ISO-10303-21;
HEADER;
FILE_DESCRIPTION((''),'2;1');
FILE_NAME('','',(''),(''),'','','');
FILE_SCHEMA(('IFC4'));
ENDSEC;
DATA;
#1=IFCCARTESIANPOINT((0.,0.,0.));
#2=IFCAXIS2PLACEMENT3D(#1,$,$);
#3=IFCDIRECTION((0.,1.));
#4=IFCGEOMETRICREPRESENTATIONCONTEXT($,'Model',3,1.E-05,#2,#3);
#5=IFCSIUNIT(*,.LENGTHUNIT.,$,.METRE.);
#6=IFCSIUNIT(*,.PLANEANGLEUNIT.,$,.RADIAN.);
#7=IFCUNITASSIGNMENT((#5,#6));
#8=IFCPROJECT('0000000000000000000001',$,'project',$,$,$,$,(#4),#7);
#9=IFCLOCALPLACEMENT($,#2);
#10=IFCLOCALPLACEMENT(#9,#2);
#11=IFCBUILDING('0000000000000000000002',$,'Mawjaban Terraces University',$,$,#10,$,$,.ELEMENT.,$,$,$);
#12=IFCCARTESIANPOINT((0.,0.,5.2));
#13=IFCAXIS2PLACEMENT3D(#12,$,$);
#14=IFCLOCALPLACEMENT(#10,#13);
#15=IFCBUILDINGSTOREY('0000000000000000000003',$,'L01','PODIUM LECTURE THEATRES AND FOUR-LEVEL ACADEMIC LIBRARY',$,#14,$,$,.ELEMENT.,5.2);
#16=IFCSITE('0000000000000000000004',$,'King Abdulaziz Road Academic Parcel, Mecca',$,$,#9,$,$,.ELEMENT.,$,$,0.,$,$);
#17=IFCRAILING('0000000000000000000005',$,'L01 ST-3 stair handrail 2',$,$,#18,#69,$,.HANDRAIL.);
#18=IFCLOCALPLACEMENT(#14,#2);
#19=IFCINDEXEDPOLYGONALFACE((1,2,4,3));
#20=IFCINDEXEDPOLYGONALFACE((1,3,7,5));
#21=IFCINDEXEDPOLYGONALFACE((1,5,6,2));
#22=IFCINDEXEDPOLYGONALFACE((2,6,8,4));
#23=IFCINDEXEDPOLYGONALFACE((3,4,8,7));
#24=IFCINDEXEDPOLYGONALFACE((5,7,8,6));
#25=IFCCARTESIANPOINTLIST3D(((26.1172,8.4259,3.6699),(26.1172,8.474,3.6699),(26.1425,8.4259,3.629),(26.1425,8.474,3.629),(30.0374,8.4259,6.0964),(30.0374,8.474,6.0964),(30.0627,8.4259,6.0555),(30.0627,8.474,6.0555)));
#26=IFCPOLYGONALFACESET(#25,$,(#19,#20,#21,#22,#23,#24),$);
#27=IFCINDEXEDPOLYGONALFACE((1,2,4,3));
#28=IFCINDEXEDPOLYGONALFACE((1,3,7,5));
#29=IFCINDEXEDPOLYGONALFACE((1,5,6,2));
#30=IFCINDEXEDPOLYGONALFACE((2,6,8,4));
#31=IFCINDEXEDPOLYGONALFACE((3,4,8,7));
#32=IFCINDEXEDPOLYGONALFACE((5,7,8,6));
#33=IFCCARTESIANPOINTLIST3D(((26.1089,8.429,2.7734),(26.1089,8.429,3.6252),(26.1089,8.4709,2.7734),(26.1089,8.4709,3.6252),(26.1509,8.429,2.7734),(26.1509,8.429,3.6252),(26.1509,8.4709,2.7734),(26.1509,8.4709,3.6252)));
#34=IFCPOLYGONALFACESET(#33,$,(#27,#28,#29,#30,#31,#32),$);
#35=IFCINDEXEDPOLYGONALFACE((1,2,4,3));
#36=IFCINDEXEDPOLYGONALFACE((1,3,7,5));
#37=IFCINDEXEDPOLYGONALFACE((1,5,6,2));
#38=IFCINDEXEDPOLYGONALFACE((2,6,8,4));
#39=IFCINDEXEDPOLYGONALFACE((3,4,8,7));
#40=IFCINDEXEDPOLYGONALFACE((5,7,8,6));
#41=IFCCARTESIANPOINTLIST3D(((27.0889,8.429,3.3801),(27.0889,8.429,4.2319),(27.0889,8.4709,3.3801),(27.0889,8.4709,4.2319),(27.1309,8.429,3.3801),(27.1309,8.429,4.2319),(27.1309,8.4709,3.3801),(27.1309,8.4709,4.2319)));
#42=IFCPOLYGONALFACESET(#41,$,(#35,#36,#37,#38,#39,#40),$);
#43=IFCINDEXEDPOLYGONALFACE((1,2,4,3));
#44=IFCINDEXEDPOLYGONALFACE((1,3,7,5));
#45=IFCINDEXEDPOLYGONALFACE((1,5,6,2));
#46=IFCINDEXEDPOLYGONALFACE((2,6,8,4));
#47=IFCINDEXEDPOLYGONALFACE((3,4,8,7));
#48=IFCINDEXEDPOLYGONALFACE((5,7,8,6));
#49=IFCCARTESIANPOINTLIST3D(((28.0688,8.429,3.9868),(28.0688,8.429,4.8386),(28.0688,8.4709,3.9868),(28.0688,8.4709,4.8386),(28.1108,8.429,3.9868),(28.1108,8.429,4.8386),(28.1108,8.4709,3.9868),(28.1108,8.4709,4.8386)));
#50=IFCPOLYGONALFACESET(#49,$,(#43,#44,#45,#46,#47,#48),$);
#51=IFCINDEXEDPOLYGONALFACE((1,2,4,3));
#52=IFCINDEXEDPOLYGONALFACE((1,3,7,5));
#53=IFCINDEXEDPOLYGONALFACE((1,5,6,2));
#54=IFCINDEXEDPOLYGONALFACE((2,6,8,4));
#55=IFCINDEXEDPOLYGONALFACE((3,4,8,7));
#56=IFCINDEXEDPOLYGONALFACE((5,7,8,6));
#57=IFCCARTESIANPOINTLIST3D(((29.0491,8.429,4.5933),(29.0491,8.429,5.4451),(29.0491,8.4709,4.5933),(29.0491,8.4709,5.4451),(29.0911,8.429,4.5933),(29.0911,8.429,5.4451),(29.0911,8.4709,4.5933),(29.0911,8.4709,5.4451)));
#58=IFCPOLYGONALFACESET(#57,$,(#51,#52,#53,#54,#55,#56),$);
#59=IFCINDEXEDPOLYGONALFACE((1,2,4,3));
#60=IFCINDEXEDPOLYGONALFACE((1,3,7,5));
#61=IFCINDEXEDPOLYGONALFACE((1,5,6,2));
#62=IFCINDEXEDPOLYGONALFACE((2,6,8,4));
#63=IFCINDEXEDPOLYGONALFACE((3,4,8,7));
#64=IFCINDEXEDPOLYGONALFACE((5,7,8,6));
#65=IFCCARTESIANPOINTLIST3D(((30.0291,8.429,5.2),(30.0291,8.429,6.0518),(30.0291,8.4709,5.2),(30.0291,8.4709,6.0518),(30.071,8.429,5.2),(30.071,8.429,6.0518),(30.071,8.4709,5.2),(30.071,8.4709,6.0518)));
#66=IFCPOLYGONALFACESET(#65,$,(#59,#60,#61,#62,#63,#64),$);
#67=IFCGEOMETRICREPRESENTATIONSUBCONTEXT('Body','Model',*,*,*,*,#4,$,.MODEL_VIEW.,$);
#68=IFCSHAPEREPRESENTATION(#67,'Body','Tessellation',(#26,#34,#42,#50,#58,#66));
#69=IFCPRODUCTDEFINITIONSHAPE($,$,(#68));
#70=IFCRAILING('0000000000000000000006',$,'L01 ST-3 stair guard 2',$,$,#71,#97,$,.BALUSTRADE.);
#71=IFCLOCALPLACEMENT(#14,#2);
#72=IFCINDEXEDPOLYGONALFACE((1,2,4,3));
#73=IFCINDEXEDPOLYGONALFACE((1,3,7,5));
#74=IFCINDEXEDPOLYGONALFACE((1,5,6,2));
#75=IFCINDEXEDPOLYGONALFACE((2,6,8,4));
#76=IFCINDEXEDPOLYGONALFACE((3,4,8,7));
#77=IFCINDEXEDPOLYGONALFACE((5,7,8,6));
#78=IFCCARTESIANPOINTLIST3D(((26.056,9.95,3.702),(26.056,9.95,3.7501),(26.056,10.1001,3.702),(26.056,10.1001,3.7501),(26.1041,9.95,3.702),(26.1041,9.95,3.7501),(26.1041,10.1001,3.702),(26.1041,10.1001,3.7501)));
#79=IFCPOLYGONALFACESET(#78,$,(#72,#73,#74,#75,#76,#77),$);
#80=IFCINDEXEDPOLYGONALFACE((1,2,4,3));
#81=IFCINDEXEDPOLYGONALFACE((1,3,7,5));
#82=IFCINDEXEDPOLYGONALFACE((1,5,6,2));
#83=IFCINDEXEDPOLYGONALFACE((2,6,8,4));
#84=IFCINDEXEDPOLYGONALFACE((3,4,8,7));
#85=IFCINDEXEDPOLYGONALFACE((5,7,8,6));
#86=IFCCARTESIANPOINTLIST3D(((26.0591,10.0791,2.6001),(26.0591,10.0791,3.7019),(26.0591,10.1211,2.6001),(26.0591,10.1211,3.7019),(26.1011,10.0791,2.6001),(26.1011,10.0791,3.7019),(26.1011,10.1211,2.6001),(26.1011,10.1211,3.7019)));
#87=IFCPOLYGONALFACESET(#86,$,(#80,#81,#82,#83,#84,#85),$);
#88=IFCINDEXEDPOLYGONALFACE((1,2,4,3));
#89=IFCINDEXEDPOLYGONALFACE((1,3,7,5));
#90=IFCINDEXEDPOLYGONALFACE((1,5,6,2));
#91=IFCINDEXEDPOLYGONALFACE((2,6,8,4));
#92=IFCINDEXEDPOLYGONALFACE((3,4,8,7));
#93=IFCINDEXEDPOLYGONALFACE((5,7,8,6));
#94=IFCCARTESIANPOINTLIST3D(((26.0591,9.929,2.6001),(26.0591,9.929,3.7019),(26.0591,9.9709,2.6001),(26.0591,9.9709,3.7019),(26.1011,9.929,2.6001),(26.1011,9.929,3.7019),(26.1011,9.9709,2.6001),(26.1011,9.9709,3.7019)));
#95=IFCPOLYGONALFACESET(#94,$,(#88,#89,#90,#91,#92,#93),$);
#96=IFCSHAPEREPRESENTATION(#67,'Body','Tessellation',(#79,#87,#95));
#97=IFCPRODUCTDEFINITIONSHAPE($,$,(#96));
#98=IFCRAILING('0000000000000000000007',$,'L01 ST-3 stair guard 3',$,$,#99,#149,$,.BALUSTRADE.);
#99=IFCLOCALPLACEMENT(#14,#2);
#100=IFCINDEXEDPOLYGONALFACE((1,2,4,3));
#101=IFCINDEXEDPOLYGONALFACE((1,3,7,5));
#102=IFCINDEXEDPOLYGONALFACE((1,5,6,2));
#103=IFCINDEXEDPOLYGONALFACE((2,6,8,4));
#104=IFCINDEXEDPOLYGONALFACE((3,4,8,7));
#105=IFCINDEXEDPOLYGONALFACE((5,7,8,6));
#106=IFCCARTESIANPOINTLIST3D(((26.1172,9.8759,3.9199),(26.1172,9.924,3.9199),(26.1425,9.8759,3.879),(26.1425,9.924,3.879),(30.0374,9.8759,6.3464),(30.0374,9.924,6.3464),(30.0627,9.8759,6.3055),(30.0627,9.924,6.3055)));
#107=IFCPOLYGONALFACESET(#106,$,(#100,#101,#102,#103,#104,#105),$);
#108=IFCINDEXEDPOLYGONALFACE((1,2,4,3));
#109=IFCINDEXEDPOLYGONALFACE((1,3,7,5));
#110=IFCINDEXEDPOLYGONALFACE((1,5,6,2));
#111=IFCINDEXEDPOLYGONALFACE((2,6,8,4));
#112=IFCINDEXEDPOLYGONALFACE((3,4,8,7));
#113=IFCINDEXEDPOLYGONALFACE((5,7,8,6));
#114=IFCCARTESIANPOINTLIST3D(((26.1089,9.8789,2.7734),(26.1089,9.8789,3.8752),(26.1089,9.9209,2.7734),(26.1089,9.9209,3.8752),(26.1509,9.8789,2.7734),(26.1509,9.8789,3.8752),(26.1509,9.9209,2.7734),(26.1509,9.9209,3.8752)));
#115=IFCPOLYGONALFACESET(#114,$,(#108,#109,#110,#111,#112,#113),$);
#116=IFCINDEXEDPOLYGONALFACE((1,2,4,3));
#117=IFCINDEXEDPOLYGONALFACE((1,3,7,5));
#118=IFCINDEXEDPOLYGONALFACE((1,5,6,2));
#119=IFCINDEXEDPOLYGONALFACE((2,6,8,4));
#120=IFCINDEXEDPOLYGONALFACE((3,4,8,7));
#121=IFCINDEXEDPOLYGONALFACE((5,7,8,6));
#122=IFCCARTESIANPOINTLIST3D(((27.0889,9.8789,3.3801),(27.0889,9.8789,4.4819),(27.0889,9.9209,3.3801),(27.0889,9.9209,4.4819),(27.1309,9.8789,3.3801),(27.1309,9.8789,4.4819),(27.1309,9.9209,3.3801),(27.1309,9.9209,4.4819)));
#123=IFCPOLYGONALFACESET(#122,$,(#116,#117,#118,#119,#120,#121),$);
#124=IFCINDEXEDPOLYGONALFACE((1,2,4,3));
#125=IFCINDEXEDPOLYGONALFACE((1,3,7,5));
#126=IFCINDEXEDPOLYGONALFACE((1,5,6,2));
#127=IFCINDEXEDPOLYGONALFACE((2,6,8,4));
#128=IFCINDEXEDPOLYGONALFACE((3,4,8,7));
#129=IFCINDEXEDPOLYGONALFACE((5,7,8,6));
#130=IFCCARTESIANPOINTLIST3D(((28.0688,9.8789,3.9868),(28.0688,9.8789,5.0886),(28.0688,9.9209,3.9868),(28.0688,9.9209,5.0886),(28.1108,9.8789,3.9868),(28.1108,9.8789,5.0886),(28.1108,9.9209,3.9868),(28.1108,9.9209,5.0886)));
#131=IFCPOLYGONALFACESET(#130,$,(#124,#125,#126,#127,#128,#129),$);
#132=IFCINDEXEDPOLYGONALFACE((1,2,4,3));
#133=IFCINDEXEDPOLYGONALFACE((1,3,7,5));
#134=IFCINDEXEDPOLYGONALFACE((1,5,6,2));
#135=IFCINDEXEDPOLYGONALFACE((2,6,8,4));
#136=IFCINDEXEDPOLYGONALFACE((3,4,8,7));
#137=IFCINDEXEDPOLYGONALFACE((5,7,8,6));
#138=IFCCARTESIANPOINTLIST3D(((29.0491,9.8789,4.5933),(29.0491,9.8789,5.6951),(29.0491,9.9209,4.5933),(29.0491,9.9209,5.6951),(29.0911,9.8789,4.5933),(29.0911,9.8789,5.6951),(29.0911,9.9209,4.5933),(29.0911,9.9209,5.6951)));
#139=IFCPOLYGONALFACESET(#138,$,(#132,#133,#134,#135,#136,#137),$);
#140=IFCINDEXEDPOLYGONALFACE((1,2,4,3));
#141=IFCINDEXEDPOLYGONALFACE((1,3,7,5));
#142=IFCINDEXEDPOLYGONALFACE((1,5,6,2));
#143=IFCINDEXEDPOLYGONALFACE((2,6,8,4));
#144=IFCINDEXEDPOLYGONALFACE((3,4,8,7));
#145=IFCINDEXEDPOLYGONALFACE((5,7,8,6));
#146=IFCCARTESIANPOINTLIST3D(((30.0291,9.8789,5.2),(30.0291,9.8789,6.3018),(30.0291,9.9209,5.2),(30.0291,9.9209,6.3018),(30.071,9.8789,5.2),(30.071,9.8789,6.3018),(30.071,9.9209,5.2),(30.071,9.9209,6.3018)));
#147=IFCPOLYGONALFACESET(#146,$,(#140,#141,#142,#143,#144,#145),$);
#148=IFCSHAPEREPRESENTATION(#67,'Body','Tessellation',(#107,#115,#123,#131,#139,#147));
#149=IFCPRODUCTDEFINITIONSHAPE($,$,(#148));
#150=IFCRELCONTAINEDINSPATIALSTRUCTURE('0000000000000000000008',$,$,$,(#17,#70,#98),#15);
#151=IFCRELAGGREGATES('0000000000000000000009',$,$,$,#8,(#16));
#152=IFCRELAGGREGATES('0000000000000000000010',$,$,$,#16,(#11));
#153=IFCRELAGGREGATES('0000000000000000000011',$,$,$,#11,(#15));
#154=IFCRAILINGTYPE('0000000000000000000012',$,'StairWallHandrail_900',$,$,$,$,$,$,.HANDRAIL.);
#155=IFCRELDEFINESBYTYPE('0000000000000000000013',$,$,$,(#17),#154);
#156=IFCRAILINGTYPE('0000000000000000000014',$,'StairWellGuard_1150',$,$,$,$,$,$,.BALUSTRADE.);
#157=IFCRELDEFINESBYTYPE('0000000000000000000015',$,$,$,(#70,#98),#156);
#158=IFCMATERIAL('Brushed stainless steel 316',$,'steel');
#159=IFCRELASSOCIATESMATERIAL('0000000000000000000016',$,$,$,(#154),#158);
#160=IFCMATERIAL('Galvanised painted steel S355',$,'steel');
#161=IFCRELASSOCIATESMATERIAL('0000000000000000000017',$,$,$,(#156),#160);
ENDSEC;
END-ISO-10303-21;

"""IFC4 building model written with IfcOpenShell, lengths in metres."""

from ifc_helpers import new_model, si_unit, direction, frame, origin, origin_2d, place, context, subcontext, project, spatial, rectangle, extrude, material, type_object, element, save


model = new_model("IFC4")

# Units and contexts
model_context = context("Model", 3, precision=1e-05, world=origin(), true_north=direction((0.0, 1.0)))
body_context = subcontext(model_context, "Body", "Model", "MODEL_VIEW")
ifc_project = project(units=[si_unit("LENGTHUNIT", "METRE"), si_unit("PLANEANGLEUNIT", "RADIAN")], contexts=[model_context])

# Site, building, storey
site_placement = place(None, origin())
site = spatial("IfcSite", under=ifc_project, at=site_placement, Name="King Abdulaziz Road Academic Parcel, Mecca", CompositionType="ELEMENT", RefElevation=0.0)
building_placement = place(site_placement, origin())
building = spatial("IfcBuilding", under=site, at=building_placement, Name="Mawjaban Terraces University", CompositionType="ELEMENT")
storey_placement = place(building_placement, frame((0.0, 0.0, 5.2)))
storey = spatial("IfcBuildingStorey", under=building, at=storey_placement, Name="L01", Description="PODIUM LECTURE THEATRES AND FOUR-LEVEL ACADEMIC LIBRARY", CompositionType="ELEMENT", Elevation=5.2)

# Railings
ifc_material_1 = material(Name="Brushed stainless steel 316", Category="steel")
railing_type_1 = type_object("IfcRailingType", Name="StairWallHandrail_900", PredefinedType="HANDRAIL", material=ifc_material_1)
railing_1_placement = place(storey_placement, frame((26.1299, 8.45, 2.7734)))
element("IfcRailing", 1, at=railing_1_placement, inside=storey, type_object=railing_type_1, Name="L01 ST-3 stair handrail 2", PredefinedType="HANDRAIL", context=body_context, shape_type="SweptSolid", body=[
    extrude(rectangle(XDim=0.0481, YDim=0.0481, at=origin_2d()), frame((0.0, 0.0, 0.876), z_axis=(0.85029, 0.0, 0.526315), x_axis=(0.0, 1.0, 0.0)), (0.0, 0.0, 1.0), 4.6104),
    extrude(rectangle(XDim=0.042, YDim=0.042, at=origin_2d()), origin(), (0.0, 0.0, 1.0), 0.8518),
    extrude(rectangle(XDim=0.042, YDim=0.042, at=origin_2d()), frame((0.98, 0.0, 0.6067)), (0.0, 0.0, 1.0), 0.8518),
    extrude(rectangle(XDim=0.042, YDim=0.042, at=origin_2d()), frame((1.96, 0.0, 1.2134)), (0.0, 0.0, 1.0), 0.8518),
    extrude(rectangle(XDim=0.042, YDim=0.042, at=origin_2d()), frame((2.9402, 0.0, 1.8198)), (0.0, 0.0, 1.0), 0.8518),
    extrude(rectangle(XDim=0.042, YDim=0.042, at=origin_2d()), frame((3.9202, 0.0, 2.4265)), (0.0, 0.0, 1.0), 0.8518),
])
ifc_material_2 = material(Name="Galvanised painted steel S355", Category="steel")
railing_type_2 = type_object("IfcRailingType", Name="StairWellGuard_1150", PredefinedType="BALUSTRADE", material=ifc_material_2)
railing_2_placement = place(storey_placement, frame((26.0801, 10.1001, 2.6001)))
element("IfcRailing", 2, at=railing_2_placement, inside=storey, type_object=railing_type_2, Name="L01 ST-3 stair guard 2", PredefinedType="BALUSTRADE", context=body_context, shape_type="SweptSolid", body=[
    extrude(rectangle(XDim=0.0481, YDim=0.0481, at=origin_2d()), frame((0.0, 0.0, 1.126), z_axis=(0.0, -1.0, 0.0), x_axis=(1.0, 0.0, 0.0)), (0.0, 0.0, 1.0), 0.1501),
    extrude(rectangle(XDim=0.042, YDim=0.042, at=origin_2d()), origin(), (0.0, 0.0, 1.0), 1.1018),
    extrude(rectangle(XDim=0.042, YDim=0.042, at=origin_2d()), frame((0.0, -0.1501, 0.0)), (0.0, 0.0, 1.0), 1.1018),
])
railing_3_placement = place(storey_placement, frame((26.1299, 9.8999, 2.7734)))
element("IfcRailing", 3, at=railing_3_placement, inside=storey, type_object=railing_type_2, Name="L01 ST-3 stair guard 3", PredefinedType="BALUSTRADE", context=body_context, shape_type="SweptSolid", body=[
    extrude(rectangle(XDim=0.0481, YDim=0.0481, at=origin_2d()), frame((0.0, 0.0, 1.126), z_axis=(0.85029, 0.0, 0.526315), x_axis=(0.0, 1.0, 0.0)), (0.0, 0.0, 1.0), 4.6104),
    extrude(rectangle(XDim=0.042, YDim=0.042, at=origin_2d()), origin(), (0.0, 0.0, 1.0), 1.1018),
    extrude(rectangle(XDim=0.042, YDim=0.042, at=origin_2d()), frame((0.98, 0.0, 0.6067)), (0.0, 0.0, 1.0), 1.1018),
    extrude(rectangle(XDim=0.042, YDim=0.042, at=origin_2d()), frame((1.96, 0.0, 1.2134)), (0.0, 0.0, 1.0), 1.1018),
    extrude(rectangle(XDim=0.042, YDim=0.042, at=origin_2d()), frame((2.9402, 0.0, 1.8198)), (0.0, 0.0, 1.0), 1.1018),
    extrude(rectangle(XDim=0.042, YDim=0.042, at=origin_2d()), frame((3.9202, 0.0, 2.4265)), (0.0, 0.0, 1.0), 1.1018),
])

save(model, "model.ifc")
